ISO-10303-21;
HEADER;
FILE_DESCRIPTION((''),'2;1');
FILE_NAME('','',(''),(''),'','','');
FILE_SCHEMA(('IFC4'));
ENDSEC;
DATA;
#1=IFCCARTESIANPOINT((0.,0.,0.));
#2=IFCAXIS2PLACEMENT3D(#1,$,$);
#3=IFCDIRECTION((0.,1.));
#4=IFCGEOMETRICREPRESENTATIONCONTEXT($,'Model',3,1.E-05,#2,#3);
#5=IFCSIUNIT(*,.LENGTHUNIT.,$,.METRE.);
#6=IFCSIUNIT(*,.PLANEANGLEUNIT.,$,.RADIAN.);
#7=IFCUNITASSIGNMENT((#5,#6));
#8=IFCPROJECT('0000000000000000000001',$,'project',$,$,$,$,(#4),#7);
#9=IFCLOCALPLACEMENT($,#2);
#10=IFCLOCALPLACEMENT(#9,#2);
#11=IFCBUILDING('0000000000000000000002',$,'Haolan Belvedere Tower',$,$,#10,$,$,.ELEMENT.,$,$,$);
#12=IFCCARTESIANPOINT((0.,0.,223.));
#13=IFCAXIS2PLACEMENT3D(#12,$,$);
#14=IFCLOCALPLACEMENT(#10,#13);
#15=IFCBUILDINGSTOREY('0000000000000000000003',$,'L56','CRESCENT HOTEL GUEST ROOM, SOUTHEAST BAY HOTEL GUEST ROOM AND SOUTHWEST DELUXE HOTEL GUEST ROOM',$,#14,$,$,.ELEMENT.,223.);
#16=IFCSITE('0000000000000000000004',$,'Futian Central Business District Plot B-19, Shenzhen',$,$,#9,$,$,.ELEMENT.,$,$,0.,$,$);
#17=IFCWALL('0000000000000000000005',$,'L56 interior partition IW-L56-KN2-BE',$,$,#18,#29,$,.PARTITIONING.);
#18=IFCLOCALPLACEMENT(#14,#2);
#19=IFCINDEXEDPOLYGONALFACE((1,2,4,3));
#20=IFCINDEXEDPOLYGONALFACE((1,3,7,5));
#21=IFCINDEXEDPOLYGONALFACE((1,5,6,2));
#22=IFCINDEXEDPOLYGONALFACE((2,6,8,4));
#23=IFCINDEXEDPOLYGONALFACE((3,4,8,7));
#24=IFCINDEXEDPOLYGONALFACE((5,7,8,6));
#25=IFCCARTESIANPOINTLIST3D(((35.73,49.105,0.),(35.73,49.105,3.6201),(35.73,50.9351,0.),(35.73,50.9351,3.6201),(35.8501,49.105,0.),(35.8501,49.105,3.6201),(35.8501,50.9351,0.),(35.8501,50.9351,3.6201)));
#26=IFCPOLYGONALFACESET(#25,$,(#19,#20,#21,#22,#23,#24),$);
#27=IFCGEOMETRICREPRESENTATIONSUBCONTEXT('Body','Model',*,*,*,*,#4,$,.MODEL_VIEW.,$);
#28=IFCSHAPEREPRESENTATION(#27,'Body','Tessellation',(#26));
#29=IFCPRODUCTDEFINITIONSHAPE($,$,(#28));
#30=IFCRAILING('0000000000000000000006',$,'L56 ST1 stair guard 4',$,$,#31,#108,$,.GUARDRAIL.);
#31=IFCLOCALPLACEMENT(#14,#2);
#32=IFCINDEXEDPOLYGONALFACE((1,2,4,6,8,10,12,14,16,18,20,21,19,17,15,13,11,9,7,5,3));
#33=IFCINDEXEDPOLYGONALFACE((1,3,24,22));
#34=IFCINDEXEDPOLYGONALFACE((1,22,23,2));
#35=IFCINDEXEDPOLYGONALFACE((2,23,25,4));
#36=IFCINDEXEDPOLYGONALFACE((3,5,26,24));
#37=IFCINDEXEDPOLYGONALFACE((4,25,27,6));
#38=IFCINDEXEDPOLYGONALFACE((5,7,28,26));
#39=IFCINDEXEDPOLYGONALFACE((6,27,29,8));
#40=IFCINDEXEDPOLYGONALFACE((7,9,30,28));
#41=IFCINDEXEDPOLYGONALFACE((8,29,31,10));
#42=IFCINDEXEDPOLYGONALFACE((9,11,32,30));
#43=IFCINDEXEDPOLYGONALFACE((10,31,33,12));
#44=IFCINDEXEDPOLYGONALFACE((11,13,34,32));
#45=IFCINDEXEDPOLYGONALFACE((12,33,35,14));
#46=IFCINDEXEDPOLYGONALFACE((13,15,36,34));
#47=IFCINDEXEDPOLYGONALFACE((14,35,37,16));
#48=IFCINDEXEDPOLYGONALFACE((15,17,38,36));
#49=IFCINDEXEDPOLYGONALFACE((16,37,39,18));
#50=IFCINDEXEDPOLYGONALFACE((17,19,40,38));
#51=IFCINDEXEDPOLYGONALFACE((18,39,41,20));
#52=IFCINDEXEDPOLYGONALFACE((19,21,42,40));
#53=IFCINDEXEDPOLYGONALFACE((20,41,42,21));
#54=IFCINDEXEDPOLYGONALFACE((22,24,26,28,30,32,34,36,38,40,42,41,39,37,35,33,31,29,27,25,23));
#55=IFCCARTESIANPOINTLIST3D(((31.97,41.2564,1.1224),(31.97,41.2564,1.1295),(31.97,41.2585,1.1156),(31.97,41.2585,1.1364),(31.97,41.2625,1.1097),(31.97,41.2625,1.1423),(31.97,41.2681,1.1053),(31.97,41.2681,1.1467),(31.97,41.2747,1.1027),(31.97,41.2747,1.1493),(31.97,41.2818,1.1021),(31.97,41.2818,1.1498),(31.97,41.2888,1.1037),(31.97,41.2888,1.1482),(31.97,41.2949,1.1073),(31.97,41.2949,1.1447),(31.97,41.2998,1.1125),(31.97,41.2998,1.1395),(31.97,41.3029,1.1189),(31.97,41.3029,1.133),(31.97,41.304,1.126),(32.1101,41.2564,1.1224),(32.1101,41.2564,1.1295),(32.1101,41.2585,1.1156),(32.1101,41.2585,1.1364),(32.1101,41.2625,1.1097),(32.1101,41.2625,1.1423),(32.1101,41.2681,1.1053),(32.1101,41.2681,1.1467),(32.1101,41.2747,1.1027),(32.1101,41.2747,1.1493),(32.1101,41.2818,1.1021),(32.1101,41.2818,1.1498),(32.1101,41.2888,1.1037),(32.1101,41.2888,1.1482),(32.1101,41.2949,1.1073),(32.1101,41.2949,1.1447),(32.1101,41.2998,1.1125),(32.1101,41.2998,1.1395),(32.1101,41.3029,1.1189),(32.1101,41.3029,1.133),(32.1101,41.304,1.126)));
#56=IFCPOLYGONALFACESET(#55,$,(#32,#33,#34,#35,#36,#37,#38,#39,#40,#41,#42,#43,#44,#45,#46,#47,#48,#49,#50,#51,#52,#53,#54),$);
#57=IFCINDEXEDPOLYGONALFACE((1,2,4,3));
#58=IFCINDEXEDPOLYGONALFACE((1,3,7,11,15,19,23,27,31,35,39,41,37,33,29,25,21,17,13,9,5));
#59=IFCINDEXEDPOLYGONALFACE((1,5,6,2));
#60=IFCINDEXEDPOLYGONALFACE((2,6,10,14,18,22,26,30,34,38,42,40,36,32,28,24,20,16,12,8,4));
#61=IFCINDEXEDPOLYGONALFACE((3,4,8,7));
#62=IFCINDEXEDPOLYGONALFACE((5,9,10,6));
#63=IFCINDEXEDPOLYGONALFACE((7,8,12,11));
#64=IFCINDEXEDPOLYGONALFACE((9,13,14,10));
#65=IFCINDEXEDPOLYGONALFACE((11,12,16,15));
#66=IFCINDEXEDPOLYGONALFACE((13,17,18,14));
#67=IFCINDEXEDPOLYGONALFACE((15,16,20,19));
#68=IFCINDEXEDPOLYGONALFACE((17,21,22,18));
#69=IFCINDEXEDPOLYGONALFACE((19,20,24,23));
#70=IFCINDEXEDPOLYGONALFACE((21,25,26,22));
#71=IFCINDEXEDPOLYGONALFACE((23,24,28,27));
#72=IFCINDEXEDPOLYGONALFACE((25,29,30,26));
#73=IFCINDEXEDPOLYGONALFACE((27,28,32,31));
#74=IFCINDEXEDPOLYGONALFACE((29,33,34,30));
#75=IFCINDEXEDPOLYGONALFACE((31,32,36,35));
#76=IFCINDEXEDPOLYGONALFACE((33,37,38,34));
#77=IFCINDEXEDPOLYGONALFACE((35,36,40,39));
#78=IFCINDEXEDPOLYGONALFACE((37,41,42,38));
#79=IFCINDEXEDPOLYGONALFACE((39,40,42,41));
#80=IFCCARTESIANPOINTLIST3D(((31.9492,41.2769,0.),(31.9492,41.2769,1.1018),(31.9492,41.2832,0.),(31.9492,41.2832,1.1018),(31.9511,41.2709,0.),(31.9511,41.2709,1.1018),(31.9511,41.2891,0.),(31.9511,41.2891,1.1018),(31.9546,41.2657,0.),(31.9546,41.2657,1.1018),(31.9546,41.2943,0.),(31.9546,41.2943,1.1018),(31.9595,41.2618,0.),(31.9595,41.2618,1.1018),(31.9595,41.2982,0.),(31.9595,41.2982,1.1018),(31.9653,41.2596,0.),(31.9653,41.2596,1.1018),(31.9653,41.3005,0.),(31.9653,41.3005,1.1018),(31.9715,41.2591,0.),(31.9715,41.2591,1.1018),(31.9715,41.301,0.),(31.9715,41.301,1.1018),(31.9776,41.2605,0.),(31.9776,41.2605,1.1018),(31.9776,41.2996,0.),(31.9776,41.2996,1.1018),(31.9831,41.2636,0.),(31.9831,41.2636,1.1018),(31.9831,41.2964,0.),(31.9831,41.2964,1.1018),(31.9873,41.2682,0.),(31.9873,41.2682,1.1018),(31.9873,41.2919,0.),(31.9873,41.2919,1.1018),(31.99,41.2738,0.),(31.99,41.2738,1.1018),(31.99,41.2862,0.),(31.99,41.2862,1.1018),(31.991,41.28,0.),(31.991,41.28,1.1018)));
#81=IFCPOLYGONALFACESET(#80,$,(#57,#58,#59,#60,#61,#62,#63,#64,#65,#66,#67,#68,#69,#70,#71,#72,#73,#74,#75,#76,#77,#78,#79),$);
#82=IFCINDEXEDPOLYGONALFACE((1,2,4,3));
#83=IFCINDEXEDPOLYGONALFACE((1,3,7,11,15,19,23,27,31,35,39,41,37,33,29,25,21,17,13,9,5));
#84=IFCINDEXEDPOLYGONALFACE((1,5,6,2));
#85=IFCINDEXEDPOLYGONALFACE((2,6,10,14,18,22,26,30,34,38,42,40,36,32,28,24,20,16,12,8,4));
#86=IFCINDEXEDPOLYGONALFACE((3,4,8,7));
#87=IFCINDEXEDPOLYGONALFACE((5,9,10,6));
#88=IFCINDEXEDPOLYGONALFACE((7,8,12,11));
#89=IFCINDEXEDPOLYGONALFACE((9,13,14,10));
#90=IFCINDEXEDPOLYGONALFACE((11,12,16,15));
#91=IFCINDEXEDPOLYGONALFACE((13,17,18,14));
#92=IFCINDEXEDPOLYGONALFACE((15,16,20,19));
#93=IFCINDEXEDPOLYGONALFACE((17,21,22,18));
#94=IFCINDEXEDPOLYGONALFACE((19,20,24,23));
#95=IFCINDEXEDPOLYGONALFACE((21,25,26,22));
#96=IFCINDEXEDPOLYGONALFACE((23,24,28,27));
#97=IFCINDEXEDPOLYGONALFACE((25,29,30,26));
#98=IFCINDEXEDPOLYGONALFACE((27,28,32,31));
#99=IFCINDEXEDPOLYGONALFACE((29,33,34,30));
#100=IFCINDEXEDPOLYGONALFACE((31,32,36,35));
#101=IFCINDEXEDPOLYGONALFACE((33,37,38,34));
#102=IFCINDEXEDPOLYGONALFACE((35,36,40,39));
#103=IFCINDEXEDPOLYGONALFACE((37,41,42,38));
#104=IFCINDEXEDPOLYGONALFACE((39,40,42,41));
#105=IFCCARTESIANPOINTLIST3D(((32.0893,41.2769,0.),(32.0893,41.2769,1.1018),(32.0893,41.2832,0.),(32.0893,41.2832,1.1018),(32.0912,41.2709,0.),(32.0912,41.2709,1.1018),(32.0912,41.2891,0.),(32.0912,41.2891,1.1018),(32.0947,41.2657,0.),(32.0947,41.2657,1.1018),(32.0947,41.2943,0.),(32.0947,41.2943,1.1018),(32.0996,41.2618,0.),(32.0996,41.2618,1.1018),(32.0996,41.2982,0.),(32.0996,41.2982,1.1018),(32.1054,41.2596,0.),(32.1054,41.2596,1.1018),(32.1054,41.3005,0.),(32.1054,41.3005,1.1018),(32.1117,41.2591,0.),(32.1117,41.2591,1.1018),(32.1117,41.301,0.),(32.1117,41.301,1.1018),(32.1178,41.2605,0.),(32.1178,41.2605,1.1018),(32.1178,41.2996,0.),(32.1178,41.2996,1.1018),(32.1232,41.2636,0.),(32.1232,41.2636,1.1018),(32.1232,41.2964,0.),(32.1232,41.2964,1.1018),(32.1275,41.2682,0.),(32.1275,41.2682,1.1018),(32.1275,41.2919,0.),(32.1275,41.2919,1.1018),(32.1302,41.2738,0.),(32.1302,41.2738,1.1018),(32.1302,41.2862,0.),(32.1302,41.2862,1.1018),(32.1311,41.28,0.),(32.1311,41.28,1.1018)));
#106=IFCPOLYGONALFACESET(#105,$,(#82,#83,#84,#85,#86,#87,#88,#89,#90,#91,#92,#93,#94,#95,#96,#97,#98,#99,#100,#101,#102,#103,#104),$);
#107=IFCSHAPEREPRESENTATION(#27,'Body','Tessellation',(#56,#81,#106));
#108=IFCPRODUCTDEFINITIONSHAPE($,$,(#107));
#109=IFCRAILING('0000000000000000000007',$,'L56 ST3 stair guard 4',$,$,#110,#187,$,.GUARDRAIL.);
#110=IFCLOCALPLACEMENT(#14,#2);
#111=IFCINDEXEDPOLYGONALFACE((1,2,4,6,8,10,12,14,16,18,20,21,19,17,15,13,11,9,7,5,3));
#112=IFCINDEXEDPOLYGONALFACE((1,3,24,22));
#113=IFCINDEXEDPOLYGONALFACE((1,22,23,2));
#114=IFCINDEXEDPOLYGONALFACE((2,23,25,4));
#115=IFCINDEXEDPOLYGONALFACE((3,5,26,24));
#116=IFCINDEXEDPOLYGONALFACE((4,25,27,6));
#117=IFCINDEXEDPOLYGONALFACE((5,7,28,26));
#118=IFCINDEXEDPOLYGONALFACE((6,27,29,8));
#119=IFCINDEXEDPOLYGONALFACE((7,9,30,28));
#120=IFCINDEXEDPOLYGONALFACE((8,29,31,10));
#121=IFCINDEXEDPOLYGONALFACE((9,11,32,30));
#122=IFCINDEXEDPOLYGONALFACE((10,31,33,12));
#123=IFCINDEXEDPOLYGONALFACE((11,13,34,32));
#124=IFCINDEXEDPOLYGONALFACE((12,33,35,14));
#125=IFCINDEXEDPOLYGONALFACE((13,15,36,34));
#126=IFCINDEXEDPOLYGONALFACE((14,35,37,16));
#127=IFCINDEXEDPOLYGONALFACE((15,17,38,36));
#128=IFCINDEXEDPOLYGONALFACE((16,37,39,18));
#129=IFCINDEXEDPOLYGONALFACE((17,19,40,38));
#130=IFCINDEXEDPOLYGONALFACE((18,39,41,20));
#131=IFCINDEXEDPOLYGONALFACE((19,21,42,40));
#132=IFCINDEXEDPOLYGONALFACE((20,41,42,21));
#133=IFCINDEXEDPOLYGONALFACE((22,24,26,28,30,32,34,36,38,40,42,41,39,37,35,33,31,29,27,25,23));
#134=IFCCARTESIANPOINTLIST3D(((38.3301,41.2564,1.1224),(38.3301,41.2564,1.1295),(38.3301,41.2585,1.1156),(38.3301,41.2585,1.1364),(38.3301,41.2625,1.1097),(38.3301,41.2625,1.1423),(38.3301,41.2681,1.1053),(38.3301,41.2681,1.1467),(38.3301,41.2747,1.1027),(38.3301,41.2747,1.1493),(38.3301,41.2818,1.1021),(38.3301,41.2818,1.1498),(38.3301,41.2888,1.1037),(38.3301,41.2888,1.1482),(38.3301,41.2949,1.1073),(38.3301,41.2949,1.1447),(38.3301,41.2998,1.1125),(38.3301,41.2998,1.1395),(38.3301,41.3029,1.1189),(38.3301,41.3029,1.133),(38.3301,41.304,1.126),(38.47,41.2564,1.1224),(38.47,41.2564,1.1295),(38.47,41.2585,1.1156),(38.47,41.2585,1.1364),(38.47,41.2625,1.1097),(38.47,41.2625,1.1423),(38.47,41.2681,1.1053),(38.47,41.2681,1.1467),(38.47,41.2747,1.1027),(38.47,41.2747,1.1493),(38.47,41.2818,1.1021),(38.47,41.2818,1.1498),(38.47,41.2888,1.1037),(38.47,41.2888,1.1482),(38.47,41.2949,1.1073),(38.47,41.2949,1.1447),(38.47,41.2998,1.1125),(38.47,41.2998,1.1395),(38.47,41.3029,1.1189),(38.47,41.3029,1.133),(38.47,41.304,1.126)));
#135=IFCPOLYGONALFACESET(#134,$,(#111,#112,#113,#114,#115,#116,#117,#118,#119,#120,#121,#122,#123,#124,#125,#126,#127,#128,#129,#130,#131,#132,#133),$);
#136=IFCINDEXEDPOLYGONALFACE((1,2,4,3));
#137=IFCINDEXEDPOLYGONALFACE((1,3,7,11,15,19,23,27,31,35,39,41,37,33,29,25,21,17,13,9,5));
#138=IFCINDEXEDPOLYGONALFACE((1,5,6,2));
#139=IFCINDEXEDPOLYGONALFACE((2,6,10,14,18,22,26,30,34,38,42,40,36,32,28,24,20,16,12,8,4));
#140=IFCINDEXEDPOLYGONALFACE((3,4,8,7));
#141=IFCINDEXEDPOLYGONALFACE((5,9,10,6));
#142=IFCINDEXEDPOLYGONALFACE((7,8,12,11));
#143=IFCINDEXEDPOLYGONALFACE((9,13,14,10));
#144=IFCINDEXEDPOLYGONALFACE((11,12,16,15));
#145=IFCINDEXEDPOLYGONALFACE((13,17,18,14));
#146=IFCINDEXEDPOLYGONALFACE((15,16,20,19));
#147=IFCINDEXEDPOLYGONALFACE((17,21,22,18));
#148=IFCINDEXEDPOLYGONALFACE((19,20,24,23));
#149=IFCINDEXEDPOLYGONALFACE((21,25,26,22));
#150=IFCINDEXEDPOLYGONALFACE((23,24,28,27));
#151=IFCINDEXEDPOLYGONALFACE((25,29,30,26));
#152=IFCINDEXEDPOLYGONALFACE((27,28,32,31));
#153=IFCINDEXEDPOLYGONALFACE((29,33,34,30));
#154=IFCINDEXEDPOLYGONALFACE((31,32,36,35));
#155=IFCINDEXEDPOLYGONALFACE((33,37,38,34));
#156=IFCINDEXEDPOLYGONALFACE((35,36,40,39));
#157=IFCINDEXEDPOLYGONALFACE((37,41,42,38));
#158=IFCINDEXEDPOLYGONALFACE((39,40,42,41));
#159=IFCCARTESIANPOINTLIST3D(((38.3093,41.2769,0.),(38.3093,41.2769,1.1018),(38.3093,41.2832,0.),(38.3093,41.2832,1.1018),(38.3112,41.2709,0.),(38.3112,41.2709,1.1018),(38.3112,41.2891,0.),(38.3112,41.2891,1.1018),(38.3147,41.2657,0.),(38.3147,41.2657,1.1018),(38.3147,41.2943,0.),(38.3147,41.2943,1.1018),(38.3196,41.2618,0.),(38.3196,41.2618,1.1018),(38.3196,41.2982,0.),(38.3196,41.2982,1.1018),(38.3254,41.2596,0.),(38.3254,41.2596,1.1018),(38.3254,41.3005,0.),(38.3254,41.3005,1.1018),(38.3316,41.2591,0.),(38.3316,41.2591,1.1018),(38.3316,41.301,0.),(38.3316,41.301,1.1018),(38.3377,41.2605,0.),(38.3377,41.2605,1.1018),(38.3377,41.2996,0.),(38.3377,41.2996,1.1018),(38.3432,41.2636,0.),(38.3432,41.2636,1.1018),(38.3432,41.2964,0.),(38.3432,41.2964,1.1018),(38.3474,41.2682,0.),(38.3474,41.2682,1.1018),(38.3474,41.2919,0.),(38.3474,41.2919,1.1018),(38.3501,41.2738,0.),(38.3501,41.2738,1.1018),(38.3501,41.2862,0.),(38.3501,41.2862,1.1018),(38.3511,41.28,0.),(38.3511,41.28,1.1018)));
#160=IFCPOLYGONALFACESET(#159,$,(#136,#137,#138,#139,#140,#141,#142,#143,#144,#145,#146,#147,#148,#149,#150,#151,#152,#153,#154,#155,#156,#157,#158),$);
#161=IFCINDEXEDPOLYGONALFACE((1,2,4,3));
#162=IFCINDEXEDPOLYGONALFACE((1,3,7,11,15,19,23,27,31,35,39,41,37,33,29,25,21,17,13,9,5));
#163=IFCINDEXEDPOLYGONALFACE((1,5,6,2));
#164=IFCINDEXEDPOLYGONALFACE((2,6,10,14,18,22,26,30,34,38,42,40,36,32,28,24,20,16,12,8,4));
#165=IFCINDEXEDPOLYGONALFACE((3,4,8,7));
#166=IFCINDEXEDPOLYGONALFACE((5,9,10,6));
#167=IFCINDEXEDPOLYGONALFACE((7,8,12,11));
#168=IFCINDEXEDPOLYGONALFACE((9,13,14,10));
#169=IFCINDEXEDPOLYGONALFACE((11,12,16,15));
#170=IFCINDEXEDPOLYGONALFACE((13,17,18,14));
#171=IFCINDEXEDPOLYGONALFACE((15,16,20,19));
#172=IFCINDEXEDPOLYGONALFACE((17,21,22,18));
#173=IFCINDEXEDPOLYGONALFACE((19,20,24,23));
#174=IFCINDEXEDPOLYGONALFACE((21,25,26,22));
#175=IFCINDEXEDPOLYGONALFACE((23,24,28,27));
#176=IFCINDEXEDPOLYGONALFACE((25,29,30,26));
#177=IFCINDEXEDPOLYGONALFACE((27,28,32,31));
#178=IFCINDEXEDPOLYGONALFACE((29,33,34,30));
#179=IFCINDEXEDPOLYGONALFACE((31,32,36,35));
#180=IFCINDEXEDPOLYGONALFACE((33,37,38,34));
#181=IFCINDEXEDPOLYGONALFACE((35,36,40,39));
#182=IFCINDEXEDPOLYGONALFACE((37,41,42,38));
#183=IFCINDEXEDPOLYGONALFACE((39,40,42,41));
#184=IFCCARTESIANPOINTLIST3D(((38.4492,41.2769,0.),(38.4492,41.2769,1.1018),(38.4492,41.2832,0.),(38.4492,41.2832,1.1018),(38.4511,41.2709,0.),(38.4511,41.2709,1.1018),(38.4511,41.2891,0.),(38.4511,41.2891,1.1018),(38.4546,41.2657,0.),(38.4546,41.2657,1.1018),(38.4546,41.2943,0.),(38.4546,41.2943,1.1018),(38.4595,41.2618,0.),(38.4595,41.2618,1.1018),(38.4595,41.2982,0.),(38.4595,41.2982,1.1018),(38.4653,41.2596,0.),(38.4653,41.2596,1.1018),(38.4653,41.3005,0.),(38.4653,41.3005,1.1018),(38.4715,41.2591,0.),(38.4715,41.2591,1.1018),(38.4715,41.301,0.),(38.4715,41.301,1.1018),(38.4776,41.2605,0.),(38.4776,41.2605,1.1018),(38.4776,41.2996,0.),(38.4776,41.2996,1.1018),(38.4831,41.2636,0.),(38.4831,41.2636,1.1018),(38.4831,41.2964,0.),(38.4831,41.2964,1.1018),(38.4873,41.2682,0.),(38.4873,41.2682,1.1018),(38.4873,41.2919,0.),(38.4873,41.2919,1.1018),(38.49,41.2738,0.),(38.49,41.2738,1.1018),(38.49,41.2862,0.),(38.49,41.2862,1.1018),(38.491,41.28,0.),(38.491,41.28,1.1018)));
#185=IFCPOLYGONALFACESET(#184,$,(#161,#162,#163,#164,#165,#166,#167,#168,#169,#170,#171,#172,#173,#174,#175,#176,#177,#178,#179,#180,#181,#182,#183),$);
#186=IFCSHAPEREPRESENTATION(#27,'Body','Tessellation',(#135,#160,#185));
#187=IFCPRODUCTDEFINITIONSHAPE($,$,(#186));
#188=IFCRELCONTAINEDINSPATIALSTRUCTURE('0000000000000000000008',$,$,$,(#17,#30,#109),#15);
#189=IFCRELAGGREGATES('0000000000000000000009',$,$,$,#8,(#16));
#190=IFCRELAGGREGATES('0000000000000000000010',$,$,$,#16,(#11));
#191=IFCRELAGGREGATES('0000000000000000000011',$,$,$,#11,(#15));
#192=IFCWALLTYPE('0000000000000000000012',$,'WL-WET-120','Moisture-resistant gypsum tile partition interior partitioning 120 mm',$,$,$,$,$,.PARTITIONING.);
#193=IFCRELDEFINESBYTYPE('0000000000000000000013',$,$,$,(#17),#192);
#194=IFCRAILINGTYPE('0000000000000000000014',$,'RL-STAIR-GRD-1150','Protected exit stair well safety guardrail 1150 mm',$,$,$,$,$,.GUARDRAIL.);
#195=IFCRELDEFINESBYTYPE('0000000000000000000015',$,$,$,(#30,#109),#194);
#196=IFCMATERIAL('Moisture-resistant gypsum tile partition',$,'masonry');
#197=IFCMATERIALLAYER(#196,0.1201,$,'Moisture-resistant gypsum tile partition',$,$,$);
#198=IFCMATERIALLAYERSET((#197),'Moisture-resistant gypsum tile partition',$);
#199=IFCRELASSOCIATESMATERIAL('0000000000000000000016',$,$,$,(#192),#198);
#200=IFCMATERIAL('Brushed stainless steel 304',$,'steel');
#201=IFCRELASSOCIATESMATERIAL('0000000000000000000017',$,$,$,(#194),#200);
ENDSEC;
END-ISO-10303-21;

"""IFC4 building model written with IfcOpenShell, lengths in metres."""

from ifc_helpers import new_model, si_unit, direction, frame, frame_2d, origin, origin_2d, place, context, subcontext, project, spatial, rectangle, circle, extrude, material, layer, layer_set, type_object, element, save


model = new_model("IFC4")

# Units and contexts
model_context = context("Model", 3, precision=1e-05, world=origin(), true_north=direction((0.0, 1.0)))
body_context = subcontext(model_context, "Body", "Model", "MODEL_VIEW")
ifc_project = project(units=[si_unit("LENGTHUNIT", "METRE"), si_unit("PLANEANGLEUNIT", "RADIAN")], contexts=[model_context])

# Site, building, storey
site_placement = place(None, origin())
site = spatial("IfcSite", under=ifc_project, at=site_placement, Name="Futian Central Business District Plot B-19, Shenzhen", CompositionType="ELEMENT", RefElevation=0.0)
building_placement = place(site_placement, origin())
building = spatial("IfcBuilding", under=site, at=building_placement, Name="Haolan Belvedere Tower", CompositionType="ELEMENT")
storey_placement = place(building_placement, frame((0.0, 0.0, 223.0)))
storey = spatial("IfcBuildingStorey", under=building, at=storey_placement, Name="L56", Description="CRESCENT HOTEL GUEST ROOM, SOUTHEAST BAY HOTEL GUEST ROOM AND SOUTHWEST DELUXE HOTEL GUEST ROOM", CompositionType="ELEMENT", Elevation=223.0)

# Shared definitions
ifc_material_1 = material(Name="Moisture-resistant gypsum tile partition", Category="masonry")
ifc_layer_1 = layer(ifc_material_1, 0.1201, Name="Moisture-resistant gypsum tile partition")
ifc_layer_set_1 = layer_set([ifc_layer_1], Name="Moisture-resistant gypsum tile partition")
wall_type_1 = type_object("IfcWallType", Name="WL-WET-120", Description="Moisture-resistant gypsum tile partition interior partitioning 120 mm", PredefinedType="PARTITIONING", material=ifc_layer_set_1)

# Wall
for number, where, z_axis, x_axis, name in (
    (1, (35.79, 49.105, 0.0), (0.0, 0.0, 1.0), (0.0, 1.0, 0.0), "L56 interior partition IW-L56-KN2-BE"),
):
    element("IfcWall", number, at=place(storey_placement, frame(where, z_axis=z_axis, x_axis=x_axis)), inside=storey, type_object=wall_type_1, Name=name, PredefinedType="PARTITIONING", context=body_context, shape_type="SweptSolid", body=[
        extrude(rectangle(XDim=1.8301, YDim=0.1201, at=frame_2d((0.915, 0.0))), origin(), (0.0, 0.0, 1.0), 3.6201),
    ])

# Railings
ifc_material_2 = material(Name="Brushed stainless steel 304", Category="steel")
railing_type = type_object("IfcRailingType", Name="RL-STAIR-GRD-1150", Description="Protected exit stair well safety guardrail 1150 mm", PredefinedType="GUARDRAIL", material=ifc_material_2)
railing_1_placement = place(storey_placement, frame((31.97, 41.28, 0.0)))
element("IfcRailing", 2, at=railing_1_placement, inside=storey, type_object=railing_type, Name="L56 ST1 stair guard 4", PredefinedType="GUARDRAIL", context=body_context, shape_type="SweptSolid", body=[
    extrude(circle(Radius=0.0239, at=origin_2d()), frame((0.0, 0.0, 1.126), z_axis=(1.0, 0.0, 0.0), x_axis=(0.0, 1.0, 0.0)), (0.0, 0.0, 1.0), 0.1401),
    extrude(circle(Radius=0.021, at=origin_2d()), origin(), (0.0, 0.0, 1.0), 1.1018),
    extrude(circle(Radius=0.021, at=origin_2d()), frame((0.1401, 0.0, 0.0)), (0.0, 0.0, 1.0), 1.1018),
])
railing_2_placement = place(storey_placement, frame((38.3301, 41.28, 0.0)))
element("IfcRailing", 3, at=railing_2_placement, inside=storey, type_object=railing_type, Name="L56 ST3 stair guard 4", PredefinedType="GUARDRAIL", context=body_context, shape_type="SweptSolid", body=[
    extrude(circle(Radius=0.0239, at=origin_2d()), frame((0.0, 0.0, 1.126), z_axis=(1.0, 0.0, 0.0), x_axis=(0.0, 1.0, 0.0)), (0.0, 0.0, 1.0), 0.1399),
    extrude(circle(Radius=0.021, at=origin_2d()), origin(), (0.0, 0.0, 1.0), 1.1018),
    extrude(circle(Radius=0.021, at=origin_2d()), frame((0.1399, 0.0, 0.0)), (0.0, 0.0, 1.0), 1.1018),
])

save(model, "model.ifc")
